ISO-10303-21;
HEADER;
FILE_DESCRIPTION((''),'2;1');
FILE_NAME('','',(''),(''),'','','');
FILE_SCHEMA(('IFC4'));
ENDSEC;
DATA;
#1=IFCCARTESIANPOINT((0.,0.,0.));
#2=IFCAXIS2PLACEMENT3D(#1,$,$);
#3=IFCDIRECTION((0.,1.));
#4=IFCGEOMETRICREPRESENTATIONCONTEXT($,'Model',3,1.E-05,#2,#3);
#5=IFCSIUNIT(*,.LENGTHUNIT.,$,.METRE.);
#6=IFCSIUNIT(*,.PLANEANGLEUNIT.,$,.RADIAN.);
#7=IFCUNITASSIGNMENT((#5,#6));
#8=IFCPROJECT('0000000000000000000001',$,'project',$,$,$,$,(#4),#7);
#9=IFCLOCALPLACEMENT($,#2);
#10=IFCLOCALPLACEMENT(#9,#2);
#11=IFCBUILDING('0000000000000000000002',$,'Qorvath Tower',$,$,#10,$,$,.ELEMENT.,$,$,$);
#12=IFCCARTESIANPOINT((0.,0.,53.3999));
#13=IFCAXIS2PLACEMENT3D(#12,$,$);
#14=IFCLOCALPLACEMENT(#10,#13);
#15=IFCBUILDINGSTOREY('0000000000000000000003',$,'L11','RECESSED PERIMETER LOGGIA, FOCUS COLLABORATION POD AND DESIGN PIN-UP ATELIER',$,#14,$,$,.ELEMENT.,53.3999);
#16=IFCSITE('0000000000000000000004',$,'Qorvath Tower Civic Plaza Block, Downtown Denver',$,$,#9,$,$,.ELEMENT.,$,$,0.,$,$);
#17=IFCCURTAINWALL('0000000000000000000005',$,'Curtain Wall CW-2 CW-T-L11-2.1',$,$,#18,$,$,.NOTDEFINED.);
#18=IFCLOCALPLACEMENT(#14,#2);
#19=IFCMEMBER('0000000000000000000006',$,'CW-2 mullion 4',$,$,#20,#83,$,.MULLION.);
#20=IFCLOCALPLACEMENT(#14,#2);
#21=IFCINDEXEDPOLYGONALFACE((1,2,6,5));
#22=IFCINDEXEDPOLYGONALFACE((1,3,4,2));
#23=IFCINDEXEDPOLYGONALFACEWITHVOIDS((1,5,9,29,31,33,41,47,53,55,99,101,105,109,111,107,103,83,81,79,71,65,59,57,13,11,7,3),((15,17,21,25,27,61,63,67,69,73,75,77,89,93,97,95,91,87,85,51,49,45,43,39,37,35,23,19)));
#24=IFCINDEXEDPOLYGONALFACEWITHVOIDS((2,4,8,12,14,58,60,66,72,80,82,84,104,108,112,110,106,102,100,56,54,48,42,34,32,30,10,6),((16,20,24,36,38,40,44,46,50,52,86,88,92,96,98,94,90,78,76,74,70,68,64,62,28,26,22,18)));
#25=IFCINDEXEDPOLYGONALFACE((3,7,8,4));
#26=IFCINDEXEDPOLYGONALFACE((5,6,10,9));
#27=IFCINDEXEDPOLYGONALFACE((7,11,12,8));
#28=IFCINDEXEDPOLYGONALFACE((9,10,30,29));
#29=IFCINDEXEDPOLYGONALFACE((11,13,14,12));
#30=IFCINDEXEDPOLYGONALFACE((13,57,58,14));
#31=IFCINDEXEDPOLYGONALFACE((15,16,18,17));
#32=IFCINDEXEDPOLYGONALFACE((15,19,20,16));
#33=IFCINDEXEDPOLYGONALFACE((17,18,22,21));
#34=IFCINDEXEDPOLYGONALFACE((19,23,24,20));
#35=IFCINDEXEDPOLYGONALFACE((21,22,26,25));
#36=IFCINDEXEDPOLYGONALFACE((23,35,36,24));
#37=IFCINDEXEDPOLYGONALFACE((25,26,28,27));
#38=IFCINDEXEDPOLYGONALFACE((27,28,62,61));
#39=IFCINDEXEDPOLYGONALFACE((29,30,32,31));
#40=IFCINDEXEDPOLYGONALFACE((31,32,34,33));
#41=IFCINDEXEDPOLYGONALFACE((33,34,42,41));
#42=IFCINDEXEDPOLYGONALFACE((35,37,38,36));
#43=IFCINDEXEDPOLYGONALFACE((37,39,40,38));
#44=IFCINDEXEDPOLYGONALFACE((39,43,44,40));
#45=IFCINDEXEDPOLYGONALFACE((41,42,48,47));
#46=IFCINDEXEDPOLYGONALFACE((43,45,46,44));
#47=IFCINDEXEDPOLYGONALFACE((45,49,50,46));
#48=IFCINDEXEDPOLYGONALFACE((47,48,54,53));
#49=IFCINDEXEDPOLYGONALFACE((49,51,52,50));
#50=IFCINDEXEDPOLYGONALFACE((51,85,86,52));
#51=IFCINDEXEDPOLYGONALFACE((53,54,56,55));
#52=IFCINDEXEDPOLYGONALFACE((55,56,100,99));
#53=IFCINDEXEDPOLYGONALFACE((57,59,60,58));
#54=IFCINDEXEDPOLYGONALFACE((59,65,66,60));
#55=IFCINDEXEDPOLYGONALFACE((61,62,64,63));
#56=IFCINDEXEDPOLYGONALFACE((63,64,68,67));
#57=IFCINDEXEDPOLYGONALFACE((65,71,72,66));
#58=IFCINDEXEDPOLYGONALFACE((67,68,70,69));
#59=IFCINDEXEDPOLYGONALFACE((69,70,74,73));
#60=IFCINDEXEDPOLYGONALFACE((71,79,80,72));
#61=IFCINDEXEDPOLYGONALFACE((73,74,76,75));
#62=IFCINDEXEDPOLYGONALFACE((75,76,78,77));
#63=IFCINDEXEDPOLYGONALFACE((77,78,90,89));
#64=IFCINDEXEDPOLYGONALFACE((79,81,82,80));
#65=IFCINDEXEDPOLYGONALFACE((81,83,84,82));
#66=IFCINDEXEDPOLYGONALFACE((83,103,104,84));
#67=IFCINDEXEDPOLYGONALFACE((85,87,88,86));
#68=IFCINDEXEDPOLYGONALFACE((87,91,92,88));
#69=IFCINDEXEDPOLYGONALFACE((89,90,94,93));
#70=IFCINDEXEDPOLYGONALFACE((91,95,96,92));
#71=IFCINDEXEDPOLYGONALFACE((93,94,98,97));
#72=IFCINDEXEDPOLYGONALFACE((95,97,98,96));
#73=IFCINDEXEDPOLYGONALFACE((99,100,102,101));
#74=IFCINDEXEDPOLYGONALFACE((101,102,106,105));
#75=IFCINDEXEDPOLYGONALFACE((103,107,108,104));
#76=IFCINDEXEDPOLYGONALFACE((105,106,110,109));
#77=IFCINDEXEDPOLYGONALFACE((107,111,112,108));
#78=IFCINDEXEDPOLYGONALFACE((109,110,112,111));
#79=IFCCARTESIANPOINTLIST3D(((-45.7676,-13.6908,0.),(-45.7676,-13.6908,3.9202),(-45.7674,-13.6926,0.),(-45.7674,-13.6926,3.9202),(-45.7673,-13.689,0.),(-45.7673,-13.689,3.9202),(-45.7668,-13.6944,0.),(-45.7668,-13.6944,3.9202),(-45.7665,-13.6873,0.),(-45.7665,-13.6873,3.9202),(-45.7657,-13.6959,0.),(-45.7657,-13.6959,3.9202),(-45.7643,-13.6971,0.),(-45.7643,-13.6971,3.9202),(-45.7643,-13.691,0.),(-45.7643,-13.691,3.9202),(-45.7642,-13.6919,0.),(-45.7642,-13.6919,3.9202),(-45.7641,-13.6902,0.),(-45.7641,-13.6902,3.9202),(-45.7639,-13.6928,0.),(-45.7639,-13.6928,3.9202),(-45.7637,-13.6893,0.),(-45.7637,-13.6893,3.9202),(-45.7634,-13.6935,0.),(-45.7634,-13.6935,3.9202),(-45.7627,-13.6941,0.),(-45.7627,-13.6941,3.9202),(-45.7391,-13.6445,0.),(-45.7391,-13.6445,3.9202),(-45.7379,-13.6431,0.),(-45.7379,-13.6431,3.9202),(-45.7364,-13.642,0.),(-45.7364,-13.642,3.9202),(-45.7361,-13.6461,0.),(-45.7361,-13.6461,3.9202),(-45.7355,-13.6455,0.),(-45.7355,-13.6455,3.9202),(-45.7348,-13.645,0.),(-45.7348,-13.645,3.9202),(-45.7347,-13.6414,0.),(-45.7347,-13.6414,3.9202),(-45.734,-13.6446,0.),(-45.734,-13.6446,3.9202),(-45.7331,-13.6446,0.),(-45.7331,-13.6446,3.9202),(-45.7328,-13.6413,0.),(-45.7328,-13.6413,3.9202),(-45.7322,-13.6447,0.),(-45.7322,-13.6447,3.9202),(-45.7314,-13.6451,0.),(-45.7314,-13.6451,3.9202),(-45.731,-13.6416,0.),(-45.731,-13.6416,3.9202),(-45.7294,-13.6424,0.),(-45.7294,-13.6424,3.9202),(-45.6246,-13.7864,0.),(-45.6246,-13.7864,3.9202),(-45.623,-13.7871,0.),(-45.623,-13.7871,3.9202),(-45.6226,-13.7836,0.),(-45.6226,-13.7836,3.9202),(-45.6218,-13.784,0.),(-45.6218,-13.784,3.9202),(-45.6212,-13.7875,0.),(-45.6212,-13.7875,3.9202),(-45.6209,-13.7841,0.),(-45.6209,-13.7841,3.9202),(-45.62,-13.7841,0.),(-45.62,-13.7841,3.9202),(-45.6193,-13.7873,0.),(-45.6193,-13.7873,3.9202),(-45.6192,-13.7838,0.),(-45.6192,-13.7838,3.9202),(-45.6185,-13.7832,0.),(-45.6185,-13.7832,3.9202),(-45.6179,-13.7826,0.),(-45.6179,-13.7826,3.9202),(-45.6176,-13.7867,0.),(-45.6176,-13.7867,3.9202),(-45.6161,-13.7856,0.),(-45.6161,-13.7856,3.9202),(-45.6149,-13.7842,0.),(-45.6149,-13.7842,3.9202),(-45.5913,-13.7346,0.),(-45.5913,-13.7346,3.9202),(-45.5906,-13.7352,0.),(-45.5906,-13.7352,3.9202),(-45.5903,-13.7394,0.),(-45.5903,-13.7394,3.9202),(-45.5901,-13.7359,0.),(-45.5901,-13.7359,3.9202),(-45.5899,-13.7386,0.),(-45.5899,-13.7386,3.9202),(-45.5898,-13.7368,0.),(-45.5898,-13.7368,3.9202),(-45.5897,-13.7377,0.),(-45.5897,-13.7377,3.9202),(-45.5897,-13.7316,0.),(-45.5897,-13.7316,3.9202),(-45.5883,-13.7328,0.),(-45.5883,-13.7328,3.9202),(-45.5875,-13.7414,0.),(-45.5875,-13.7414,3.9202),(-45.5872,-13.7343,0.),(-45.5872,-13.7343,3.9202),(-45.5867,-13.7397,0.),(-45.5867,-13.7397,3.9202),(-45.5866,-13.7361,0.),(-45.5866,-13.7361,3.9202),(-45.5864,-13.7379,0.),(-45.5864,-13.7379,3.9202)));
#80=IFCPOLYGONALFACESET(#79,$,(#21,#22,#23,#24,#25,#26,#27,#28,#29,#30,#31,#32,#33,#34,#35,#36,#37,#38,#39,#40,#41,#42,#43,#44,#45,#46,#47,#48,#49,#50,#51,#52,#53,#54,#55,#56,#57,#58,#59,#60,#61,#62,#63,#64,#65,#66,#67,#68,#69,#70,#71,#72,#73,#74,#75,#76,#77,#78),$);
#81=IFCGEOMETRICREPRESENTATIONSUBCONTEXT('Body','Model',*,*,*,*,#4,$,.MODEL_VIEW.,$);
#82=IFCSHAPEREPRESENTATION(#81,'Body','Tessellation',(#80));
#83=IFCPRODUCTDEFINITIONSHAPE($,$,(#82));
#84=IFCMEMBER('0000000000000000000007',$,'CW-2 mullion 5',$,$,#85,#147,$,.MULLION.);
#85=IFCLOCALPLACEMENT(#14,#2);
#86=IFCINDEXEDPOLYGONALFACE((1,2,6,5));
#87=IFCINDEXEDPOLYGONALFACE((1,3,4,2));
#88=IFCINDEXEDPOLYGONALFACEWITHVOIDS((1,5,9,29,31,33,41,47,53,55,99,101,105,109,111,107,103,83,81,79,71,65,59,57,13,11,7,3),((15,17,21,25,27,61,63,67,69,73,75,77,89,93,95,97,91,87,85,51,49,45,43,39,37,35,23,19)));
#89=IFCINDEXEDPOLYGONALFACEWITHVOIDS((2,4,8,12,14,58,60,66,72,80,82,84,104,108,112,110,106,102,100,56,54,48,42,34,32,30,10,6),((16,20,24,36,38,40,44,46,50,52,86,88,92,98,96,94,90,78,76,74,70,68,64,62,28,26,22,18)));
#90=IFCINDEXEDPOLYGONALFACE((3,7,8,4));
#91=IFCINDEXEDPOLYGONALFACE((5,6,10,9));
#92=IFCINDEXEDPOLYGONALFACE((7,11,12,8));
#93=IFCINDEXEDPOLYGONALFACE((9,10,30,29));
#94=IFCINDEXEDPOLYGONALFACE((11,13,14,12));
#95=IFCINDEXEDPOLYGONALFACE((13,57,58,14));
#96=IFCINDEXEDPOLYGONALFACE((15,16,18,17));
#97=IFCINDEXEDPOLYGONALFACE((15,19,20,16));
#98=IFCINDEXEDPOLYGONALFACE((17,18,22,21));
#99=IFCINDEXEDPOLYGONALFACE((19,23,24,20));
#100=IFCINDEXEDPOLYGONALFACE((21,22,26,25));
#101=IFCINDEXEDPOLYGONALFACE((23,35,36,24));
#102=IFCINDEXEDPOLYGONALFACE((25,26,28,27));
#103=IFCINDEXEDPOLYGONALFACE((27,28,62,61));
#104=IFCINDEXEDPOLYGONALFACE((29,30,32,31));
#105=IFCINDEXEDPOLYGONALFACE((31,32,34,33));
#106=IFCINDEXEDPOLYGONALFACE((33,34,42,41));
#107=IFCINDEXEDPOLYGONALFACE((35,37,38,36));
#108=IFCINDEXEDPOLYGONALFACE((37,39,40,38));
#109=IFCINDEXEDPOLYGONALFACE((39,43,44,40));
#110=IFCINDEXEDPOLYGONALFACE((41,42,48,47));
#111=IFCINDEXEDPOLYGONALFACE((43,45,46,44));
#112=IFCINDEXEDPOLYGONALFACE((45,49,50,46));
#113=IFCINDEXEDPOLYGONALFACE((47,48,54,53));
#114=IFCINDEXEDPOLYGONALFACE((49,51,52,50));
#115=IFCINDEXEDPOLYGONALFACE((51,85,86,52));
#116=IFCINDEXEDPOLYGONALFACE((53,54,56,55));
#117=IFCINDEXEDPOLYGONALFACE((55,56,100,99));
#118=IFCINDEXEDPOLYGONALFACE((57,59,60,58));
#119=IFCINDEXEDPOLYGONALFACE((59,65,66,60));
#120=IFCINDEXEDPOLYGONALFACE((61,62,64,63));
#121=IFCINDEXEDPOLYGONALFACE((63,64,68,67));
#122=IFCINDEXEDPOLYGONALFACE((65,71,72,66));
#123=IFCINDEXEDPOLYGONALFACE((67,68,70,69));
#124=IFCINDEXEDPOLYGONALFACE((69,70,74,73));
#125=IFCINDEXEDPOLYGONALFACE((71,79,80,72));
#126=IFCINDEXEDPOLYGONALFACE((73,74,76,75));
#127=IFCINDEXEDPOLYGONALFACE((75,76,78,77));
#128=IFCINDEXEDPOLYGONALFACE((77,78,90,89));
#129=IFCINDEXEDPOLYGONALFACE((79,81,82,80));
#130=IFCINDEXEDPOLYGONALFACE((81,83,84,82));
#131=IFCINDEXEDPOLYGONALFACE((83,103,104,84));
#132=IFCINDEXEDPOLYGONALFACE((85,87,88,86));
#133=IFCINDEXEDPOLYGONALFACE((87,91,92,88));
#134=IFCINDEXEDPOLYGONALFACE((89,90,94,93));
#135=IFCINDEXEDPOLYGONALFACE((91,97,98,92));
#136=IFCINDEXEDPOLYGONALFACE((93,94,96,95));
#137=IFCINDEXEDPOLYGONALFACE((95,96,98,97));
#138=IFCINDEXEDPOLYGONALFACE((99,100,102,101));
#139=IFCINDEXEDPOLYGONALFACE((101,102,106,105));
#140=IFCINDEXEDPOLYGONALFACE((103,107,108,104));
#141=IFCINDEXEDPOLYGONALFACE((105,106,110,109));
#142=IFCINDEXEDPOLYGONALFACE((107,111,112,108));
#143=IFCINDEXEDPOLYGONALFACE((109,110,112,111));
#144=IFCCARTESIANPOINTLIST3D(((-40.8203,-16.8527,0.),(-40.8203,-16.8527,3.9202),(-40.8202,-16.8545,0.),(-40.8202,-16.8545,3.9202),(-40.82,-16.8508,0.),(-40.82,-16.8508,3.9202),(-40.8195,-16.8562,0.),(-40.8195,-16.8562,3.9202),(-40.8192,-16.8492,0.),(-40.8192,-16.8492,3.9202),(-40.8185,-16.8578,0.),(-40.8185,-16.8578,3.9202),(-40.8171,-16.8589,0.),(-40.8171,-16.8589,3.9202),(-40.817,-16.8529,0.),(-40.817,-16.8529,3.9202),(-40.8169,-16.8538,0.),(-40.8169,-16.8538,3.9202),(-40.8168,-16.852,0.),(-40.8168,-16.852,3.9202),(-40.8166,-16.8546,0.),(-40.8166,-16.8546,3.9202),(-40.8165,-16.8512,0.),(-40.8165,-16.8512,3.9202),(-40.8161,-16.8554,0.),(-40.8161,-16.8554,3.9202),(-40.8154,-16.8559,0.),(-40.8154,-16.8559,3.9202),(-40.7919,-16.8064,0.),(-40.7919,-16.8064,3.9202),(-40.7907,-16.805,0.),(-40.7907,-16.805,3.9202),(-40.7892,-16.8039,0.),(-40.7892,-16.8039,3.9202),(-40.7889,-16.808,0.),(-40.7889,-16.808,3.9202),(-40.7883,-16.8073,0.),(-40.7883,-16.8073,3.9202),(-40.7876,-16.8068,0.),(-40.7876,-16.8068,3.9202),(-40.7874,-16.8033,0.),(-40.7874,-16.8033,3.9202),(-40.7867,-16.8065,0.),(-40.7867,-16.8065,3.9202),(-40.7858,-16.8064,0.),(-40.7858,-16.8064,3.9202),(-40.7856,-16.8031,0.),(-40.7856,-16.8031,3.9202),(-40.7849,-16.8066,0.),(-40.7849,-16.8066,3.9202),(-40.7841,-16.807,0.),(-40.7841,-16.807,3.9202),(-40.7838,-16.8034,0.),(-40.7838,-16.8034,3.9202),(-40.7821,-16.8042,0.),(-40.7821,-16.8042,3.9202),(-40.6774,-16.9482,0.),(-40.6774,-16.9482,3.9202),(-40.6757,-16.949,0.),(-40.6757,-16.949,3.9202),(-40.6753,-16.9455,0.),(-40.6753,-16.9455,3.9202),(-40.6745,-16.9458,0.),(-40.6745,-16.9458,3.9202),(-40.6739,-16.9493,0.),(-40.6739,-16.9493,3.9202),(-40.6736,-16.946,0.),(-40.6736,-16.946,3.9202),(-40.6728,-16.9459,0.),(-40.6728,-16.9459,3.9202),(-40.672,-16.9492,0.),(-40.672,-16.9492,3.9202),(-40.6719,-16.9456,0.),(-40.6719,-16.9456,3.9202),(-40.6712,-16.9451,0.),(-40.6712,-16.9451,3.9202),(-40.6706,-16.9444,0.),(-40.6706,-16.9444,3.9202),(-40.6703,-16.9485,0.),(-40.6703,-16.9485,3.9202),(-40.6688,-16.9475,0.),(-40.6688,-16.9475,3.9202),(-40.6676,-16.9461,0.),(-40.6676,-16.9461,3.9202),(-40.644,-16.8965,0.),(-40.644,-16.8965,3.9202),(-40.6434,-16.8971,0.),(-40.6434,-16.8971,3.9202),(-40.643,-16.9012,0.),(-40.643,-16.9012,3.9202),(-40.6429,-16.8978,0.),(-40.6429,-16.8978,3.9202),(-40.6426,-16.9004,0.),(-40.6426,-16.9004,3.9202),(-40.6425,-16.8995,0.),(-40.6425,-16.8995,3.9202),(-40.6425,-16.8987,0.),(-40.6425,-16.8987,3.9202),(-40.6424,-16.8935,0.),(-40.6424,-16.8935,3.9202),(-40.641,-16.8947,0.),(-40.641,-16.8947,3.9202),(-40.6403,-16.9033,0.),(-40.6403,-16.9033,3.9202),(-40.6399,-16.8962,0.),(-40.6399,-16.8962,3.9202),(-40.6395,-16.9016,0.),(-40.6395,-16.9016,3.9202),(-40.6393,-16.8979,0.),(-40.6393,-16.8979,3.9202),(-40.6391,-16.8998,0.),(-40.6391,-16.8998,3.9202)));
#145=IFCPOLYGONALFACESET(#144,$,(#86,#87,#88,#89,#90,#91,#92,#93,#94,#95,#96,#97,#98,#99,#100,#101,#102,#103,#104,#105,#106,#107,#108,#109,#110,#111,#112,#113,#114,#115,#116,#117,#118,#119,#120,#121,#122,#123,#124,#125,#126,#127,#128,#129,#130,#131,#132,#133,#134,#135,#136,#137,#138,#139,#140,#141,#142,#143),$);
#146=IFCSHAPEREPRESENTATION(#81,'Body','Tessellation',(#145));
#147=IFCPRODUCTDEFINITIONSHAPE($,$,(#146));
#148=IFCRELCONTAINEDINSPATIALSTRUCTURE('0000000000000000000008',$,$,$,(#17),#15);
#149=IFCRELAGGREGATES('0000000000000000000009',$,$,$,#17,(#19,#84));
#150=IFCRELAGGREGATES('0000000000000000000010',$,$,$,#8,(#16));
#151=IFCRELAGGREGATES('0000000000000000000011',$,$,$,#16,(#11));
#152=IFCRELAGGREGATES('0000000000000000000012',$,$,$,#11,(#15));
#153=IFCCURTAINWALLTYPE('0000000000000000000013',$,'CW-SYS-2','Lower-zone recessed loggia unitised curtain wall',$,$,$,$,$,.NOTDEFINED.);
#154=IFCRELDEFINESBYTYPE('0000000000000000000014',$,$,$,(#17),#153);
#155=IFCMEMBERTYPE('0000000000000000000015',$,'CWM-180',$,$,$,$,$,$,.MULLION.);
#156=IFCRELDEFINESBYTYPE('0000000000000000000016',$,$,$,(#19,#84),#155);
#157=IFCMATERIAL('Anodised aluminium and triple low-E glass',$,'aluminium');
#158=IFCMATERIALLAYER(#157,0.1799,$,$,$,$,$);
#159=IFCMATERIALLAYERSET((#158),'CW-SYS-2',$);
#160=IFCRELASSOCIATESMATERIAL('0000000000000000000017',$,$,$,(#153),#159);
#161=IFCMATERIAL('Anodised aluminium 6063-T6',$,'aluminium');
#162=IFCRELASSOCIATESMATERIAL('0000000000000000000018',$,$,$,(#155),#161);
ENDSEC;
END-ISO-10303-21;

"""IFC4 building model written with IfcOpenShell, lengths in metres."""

from ifc_helpers import new_model, si_unit, direction, frame, origin, origin_2d, place, context, subcontext, project, spatial, hollow_rectangle, extrude, material, layer, layer_set, material_profile, profile_set, type_object, element, aggregate, save


model = new_model("IFC4")

# Units and contexts
model_context = context("Model", 3, precision=1e-05, world=origin(), true_north=direction((0.0, 1.0)))
body_context = subcontext(model_context, "Body", "Model", "MODEL_VIEW")
ifc_project = project(units=[si_unit("LENGTHUNIT", "METRE"), si_unit("PLANEANGLEUNIT", "RADIAN")], contexts=[model_context])

# Site, building, storey
site_placement = place(None, origin())
site = spatial("IfcSite", under=ifc_project, at=site_placement, Name="Qorvath Tower Civic Plaza Block, Downtown Denver", CompositionType="ELEMENT", RefElevation=0.0)
building_placement = place(site_placement, origin())
building = spatial("IfcBuilding", under=site, at=building_placement, Name="Qorvath Tower", CompositionType="ELEMENT")
storey_placement = place(building_placement, frame((0.0, 0.0, 53.3999)))
storey = spatial("IfcBuildingStorey", under=building, at=storey_placement, Name="L11", Description="RECESSED PERIMETER LOGGIA, FOCUS COLLABORATION POD AND DESIGN PIN-UP ATELIER", CompositionType="ELEMENT", Elevation=53.3999)

# Curtain wall, members
ifc_material_1 = material(Name="Anodised aluminium and triple low-E glass", Category="aluminium")
ifc_layer_1 = layer(ifc_material_1, 0.1799)
ifc_layer_set_1 = layer_set([ifc_layer_1], Name="CW-SYS-2")
curtain_wall_type = type_object("IfcCurtainWallType", Name="CW-SYS-2", Description="Lower-zone recessed loggia unitised curtain wall", PredefinedType="NOTDEFINED", material=ifc_layer_set_1)
curtain_wall_1_placement = place(storey_placement, origin())
curtain_wall_1 = element("IfcCurtainWall", 1, at=curtain_wall_1_placement, inside=storey, type_object=curtain_wall_type, Name="Curtain Wall CW-2 CW-T-L11-2.1", PredefinedType="NOTDEFINED")
ifc_material_2 = material(Name="Anodised aluminium 6063-T6", Category="aluminium")
ifc_material_profile_1 = material_profile(ifc_material_2, hollow_rectangle(XDim=0.0649, YDim=0.1799, WallThickness=0.0034, InnerFilletRadius=0.0034, OuterFilletRadius=0.0071, at=origin_2d()), Name="CWM 180x65")
ifc_profile_set_1 = profile_set([ifc_material_profile_1], Name="Anodised aluminium 6063-T6")
member_type_1 = type_object("IfcMemberType", Name="CWM-180", PredefinedType="MULLION", material=ifc_profile_set_1)
member_1_placement = place(storey_placement, frame((-45.677, -13.7144, 0.0), z_axis=(0.0, 0.0, 1.0), x_axis=(0.538532, 0.842605, 0.0)))
member_1 = element("IfcMember", 2, at=member_1_placement, type_object=member_type_1, Name="CW-2 mullion 4", PredefinedType="MULLION", context=body_context, shape_type="SweptSolid", body=[
    extrude(hollow_rectangle(XDim=0.0649, YDim=0.1799, WallThickness=0.0034, InnerFilletRadius=0.0034, OuterFilletRadius=0.0071, at=origin_2d()), origin(), (0.0, 0.0, 1.0), 3.9202),
])
member_2_placement = place(storey_placement, frame((-40.7297, -16.8762, 0.0), z_axis=(0.0, 0.0, 1.0), x_axis=(0.538532, 0.842605, 0.0)))
member_2 = element("IfcMember", 3, at=member_2_placement, type_object=member_type_1, Name="CW-2 mullion 5", PredefinedType="MULLION", context=body_context, shape_type="SweptSolid", body=[
    extrude(hollow_rectangle(XDim=0.0649, YDim=0.1799, WallThickness=0.0034, InnerFilletRadius=0.0034, OuterFilletRadius=0.0071, at=origin_2d()), origin(), (0.0, 0.0, 1.0), 3.9202),
])

aggregate(curtain_wall_1, [member_1, member_2])

save(model, "model.ifc")
